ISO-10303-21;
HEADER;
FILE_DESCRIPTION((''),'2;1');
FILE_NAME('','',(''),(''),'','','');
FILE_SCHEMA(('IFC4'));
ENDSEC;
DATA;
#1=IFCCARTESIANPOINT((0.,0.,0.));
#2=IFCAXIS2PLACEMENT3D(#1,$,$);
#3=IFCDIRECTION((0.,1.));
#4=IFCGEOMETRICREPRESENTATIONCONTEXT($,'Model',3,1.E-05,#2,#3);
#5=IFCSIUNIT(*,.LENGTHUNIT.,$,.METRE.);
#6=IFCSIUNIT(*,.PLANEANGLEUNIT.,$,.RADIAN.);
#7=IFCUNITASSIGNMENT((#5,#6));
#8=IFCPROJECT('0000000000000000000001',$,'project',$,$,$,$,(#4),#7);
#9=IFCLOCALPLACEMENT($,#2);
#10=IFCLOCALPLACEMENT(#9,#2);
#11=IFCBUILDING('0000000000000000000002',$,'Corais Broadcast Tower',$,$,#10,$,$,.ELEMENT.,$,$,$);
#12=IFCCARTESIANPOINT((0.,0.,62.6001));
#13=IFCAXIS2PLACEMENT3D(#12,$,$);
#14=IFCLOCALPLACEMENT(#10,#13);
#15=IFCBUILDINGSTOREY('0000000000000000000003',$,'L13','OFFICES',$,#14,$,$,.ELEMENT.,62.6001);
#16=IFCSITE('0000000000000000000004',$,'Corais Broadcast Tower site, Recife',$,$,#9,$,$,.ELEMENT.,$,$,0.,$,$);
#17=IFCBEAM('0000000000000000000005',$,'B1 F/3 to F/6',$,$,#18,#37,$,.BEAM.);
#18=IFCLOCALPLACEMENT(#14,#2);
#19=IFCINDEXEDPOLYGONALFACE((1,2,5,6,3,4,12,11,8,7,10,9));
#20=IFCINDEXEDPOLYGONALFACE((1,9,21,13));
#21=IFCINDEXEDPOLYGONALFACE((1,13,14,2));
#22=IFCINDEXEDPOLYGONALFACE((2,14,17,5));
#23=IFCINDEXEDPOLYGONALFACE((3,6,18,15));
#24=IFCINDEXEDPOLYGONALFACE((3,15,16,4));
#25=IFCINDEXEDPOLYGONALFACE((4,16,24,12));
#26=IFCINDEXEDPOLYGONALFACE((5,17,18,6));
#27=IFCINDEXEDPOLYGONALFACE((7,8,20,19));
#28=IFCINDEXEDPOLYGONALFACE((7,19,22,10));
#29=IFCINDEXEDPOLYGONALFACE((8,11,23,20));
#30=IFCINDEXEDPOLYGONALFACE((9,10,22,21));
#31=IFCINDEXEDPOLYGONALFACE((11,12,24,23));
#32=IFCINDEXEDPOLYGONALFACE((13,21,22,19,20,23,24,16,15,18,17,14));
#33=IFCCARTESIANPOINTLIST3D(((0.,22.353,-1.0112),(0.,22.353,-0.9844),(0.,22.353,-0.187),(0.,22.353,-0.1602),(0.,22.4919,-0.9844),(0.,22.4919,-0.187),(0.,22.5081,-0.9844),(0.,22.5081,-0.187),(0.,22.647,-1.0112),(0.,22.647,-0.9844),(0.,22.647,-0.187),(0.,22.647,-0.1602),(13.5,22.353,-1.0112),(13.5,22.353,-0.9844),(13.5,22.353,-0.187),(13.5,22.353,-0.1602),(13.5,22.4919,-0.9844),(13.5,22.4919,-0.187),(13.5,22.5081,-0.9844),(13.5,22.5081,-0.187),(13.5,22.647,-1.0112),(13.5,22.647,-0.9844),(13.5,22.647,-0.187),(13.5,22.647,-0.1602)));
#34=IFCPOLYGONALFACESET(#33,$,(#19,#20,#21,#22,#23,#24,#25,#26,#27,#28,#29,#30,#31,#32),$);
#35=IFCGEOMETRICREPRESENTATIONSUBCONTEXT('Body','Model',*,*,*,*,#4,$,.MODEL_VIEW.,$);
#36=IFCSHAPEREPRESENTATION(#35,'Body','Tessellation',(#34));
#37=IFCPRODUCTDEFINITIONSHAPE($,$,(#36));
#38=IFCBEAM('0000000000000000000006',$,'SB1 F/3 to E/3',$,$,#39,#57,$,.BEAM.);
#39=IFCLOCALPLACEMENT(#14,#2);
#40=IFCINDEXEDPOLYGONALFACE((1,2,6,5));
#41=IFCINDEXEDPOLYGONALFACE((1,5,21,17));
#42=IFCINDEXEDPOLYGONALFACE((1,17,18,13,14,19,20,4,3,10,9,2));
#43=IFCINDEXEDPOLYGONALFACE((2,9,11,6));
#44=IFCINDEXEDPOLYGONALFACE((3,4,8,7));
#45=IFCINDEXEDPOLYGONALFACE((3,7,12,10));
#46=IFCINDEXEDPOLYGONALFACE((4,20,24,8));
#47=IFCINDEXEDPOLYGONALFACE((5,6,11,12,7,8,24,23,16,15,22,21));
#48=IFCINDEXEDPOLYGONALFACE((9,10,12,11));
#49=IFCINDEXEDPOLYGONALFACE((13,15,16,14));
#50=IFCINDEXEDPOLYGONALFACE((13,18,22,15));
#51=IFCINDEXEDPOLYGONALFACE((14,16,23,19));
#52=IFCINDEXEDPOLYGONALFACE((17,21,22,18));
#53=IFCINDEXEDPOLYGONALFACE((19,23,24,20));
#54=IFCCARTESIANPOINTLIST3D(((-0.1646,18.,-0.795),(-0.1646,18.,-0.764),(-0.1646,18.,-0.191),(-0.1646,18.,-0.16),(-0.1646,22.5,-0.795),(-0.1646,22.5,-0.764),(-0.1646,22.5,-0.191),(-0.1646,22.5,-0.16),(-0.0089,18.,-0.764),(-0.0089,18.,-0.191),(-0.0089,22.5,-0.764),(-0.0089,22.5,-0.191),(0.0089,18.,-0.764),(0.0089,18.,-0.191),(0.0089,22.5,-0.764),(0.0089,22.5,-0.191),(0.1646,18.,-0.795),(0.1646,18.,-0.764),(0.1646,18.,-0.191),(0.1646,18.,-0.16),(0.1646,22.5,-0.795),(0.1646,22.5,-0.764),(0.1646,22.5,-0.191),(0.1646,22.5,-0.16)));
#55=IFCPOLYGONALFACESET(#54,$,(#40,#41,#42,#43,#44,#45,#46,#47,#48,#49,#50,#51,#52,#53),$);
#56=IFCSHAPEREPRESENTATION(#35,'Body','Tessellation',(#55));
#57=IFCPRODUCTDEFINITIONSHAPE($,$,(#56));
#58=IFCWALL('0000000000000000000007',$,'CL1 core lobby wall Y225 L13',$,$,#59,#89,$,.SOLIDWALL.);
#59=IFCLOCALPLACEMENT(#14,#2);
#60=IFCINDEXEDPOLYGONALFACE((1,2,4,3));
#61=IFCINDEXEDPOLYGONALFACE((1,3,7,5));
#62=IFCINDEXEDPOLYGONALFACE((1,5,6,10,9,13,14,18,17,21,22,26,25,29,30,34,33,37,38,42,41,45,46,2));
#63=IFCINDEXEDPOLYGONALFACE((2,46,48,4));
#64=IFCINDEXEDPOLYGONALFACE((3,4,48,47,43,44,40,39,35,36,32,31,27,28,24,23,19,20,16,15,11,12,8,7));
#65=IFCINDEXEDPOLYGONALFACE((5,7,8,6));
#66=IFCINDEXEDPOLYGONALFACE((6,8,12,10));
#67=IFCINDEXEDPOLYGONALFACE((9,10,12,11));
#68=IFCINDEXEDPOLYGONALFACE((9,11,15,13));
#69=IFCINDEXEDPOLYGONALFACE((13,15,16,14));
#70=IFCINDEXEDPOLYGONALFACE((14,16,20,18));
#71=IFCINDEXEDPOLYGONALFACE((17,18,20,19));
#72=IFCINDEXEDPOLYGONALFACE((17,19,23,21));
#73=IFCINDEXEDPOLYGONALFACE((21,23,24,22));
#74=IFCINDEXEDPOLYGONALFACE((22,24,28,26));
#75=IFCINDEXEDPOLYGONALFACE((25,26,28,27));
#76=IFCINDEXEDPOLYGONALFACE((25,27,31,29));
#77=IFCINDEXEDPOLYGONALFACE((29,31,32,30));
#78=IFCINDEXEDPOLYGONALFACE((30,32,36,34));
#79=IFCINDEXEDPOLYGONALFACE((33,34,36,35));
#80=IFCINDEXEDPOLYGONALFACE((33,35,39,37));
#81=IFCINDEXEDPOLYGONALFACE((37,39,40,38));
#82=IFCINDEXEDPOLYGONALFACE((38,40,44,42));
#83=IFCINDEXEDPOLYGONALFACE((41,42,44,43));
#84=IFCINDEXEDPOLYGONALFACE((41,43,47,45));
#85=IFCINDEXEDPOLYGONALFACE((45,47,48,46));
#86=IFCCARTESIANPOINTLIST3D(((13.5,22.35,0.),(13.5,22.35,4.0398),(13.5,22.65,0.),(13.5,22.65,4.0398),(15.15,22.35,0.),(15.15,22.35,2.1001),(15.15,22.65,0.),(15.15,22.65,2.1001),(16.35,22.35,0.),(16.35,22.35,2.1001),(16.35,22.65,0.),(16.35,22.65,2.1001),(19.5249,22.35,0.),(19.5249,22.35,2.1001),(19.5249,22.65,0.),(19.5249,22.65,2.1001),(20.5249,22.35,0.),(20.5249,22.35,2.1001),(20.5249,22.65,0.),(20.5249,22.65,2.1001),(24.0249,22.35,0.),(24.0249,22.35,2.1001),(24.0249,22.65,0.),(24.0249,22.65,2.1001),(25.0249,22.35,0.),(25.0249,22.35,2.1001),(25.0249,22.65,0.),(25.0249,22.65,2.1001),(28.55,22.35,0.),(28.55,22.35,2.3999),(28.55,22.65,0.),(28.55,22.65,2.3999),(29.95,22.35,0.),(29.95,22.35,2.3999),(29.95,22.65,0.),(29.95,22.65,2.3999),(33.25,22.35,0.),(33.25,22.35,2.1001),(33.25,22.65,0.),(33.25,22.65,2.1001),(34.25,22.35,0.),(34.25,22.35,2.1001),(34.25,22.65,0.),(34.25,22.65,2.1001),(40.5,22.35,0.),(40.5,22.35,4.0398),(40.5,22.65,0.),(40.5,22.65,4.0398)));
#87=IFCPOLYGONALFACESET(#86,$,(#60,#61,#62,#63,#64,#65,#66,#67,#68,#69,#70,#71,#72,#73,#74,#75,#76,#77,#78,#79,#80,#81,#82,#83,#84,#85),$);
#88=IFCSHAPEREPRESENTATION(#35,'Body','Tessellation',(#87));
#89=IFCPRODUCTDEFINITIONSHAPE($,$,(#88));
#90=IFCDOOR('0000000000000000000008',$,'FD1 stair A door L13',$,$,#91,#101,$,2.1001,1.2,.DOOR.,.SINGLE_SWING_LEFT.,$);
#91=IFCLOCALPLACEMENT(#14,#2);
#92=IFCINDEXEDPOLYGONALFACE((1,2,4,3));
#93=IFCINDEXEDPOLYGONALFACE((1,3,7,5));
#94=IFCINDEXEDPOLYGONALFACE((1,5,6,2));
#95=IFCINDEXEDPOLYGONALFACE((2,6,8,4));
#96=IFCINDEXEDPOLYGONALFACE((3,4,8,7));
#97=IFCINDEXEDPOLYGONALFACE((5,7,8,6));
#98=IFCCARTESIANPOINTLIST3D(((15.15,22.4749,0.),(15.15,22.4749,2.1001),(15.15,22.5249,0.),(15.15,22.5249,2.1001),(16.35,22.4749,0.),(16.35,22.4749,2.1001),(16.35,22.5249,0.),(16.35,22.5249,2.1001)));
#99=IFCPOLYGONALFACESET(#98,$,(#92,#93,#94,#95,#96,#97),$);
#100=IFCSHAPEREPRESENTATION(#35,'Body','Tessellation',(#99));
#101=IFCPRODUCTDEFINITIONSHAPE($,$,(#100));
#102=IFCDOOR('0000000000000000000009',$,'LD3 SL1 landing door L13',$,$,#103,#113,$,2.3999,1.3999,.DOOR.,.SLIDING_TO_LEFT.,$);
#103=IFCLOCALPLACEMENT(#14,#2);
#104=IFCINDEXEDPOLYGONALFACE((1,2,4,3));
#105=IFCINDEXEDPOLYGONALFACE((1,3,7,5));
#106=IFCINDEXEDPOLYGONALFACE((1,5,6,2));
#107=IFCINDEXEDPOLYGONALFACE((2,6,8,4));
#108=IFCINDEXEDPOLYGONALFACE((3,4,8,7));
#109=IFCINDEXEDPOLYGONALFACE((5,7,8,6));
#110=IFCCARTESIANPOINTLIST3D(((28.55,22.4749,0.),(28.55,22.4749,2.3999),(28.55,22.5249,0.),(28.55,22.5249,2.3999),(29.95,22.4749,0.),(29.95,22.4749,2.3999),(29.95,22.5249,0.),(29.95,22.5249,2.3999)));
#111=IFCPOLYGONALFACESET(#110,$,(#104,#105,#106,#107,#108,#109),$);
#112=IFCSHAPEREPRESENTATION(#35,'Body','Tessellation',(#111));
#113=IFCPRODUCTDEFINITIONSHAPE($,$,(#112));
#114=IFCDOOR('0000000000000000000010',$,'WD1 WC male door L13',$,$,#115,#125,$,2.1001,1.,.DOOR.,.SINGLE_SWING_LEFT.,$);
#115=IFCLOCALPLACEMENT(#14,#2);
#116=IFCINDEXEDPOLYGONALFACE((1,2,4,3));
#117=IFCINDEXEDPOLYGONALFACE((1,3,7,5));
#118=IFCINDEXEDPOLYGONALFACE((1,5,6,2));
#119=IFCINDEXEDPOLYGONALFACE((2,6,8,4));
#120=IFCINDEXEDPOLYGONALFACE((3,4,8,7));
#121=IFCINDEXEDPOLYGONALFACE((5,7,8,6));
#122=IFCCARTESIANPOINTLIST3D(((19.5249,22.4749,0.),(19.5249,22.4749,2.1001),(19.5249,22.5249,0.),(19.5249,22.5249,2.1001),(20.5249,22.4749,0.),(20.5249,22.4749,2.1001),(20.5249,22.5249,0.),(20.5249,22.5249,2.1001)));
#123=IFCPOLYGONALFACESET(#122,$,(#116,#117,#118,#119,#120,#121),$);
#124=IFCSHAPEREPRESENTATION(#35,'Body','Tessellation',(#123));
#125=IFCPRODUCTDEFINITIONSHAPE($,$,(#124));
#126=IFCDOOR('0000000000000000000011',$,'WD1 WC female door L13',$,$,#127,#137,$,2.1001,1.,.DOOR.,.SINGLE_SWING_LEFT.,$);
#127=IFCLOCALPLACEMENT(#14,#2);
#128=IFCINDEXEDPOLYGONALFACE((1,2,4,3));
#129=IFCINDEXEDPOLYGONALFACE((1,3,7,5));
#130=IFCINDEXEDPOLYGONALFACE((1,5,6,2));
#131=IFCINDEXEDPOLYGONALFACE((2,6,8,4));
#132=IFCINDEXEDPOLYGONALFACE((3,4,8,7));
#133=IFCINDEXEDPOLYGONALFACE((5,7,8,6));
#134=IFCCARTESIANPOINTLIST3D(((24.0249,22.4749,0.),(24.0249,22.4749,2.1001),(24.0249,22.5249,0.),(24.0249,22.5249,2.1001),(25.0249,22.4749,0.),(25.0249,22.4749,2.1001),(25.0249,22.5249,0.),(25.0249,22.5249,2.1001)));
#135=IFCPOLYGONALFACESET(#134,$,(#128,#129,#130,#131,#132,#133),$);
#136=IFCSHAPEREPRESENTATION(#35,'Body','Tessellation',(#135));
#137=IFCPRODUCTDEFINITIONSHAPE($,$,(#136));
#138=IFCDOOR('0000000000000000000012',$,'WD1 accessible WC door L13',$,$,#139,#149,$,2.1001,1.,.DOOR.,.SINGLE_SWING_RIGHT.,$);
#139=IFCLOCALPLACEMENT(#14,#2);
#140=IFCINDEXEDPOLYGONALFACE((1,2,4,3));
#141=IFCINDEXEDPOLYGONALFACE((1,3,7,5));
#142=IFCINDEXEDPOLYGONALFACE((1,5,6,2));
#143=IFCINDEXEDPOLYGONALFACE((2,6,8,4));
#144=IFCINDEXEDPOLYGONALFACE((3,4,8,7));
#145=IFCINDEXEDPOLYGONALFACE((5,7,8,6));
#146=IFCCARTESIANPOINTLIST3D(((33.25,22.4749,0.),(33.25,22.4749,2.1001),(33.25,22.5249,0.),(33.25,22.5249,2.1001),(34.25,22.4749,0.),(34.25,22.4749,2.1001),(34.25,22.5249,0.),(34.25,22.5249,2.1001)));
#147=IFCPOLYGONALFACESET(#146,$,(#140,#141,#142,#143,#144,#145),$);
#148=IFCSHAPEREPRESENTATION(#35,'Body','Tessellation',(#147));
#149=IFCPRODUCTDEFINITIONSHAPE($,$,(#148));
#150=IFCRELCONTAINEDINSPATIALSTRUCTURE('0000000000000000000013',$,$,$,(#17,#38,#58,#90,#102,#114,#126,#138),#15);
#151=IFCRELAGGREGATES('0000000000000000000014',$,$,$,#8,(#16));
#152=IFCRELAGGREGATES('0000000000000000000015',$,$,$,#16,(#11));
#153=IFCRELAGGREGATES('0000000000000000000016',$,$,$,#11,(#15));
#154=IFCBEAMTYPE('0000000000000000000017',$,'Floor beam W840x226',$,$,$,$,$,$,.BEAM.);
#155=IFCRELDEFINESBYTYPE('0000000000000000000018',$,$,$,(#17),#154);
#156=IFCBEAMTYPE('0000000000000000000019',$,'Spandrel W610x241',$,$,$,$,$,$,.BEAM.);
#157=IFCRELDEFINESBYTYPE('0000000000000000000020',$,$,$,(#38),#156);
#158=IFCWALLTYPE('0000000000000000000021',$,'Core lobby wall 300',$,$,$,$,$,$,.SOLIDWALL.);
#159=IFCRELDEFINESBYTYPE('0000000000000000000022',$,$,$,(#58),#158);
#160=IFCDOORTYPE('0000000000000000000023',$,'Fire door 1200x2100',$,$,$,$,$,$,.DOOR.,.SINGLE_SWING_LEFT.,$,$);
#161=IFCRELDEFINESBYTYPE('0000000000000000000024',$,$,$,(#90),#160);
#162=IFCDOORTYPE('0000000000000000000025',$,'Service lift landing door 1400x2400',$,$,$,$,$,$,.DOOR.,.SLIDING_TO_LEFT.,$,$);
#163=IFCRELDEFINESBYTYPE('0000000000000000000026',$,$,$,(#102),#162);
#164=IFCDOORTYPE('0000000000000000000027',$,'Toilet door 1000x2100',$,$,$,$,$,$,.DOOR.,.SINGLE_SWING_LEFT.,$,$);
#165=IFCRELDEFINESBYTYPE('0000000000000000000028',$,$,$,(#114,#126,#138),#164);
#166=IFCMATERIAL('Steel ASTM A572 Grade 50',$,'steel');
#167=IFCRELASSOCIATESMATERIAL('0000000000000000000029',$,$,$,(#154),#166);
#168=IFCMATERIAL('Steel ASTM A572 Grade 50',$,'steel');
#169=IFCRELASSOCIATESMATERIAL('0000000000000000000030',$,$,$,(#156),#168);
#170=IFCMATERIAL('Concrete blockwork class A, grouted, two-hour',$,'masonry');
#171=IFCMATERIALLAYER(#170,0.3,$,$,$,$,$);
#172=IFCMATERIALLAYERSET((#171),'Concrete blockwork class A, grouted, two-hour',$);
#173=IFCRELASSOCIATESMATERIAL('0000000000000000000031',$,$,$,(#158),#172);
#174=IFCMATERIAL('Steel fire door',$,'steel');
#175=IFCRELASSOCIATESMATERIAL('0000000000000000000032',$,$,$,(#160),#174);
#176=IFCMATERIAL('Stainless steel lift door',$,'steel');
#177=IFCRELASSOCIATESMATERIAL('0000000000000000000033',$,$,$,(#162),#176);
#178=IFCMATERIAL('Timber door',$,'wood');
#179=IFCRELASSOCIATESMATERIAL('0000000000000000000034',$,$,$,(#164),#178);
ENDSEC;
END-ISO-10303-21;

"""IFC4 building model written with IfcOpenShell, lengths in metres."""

from ifc_helpers import new_model, si_unit, direction, frame, frame_2d, origin, origin_2d, place, context, subcontext, project, spatial, rectangle, i_section, extrude, material, layer, layer_set, material_profile, profile_set, type_object, element, fill, save


model = new_model("IFC4")

# Units and contexts
model_context = context("Model", 3, precision=1e-05, world=origin(), true_north=direction((0.0, 1.0)))
body_context = subcontext(model_context, "Body", "Model", "MODEL_VIEW")
ifc_project = project(units=[si_unit("LENGTHUNIT", "METRE"), si_unit("PLANEANGLEUNIT", "RADIAN")], contexts=[model_context])

# Site, building, storey
site_placement = place(None, origin())
site = spatial("IfcSite", under=ifc_project, at=site_placement, Name="Corais Broadcast Tower site, Recife", CompositionType="ELEMENT", RefElevation=0.0)
building_placement = place(site_placement, origin())
building = spatial("IfcBuilding", under=site, at=building_placement, Name="Corais Broadcast Tower", CompositionType="ELEMENT")
storey_placement = place(building_placement, frame((0.0, 0.0, 62.6001)))
storey = spatial("IfcBuildingStorey", under=building, at=storey_placement, Name="L13", Description="OFFICES", CompositionType="ELEMENT", Elevation=62.6001)

# Beams
ifc_material_1 = material(Name="Steel ASTM A572 Grade 50", Category="steel")
ifc_material_profile_1 = material_profile(ifc_material_1, i_section(OverallWidth=0.2939, OverallDepth=0.8511, WebThickness=0.0161, FlangeThickness=0.0269, at=origin_2d()), Name="W840x226")
ifc_profile_set_1 = profile_set([ifc_material_profile_1], Name="Steel ASTM A572 Grade 50")
beam_type_1 = type_object("IfcBeamType", Name="Floor beam W840x226", PredefinedType="BEAM", material=ifc_profile_set_1)
beam_1_placement = place(storey_placement, frame((0.0, 22.5, -0.5857), z_axis=(1.0, 0.0, 0.0), x_axis=(0.0, 1.0, 0.0)))
element("IfcBeam", 1, at=beam_1_placement, inside=storey, type_object=beam_type_1, Name="B1 F/3 to F/6", PredefinedType="BEAM", context=body_context, shape_type="SweptSolid", body=[
    extrude(i_section(OverallWidth=0.2939, OverallDepth=0.8511, WebThickness=0.0161, FlangeThickness=0.0269, at=origin_2d()), origin(), (0.0, 0.0, 1.0), 13.5),
])
ifc_material_2 = material(Name="Steel ASTM A572 Grade 50", Category="steel")
ifc_material_profile_2 = material_profile(ifc_material_2, i_section(OverallWidth=0.3291, OverallDepth=0.635, WebThickness=0.0178, FlangeThickness=0.031, at=origin_2d()), Name="W610x241")
ifc_profile_set_2 = profile_set([ifc_material_profile_2], Name="Steel ASTM A572 Grade 50")
beam_type_2 = type_object("IfcBeamType", Name="Spandrel W610x241", PredefinedType="BEAM", material=ifc_profile_set_2)
beam_2_placement = place(storey_placement, frame((0.0, 22.5, -0.4775), z_axis=(0.0, -1.0, 0.0), x_axis=(1.0, 0.0, 0.0)))
element("IfcBeam", 2, at=beam_2_placement, inside=storey, type_object=beam_type_2, Name="SB1 F/3 to E/3", PredefinedType="BEAM", context=body_context, shape_type="SweptSolid", body=[
    extrude(i_section(OverallWidth=0.3291, OverallDepth=0.635, WebThickness=0.0178, FlangeThickness=0.031, at=origin_2d()), origin(), (0.0, 0.0, 1.0), 4.5),
])

# Wall, openings, doors
ifc_material_3 = material(Name="Concrete blockwork class A, grouted, two-hour", Category="masonry")
ifc_layer_1 = layer(ifc_material_3, 0.3)
ifc_layer_set_1 = layer_set([ifc_layer_1], Name="Concrete blockwork class A, grouted, two-hour")
wall_type_1 = type_object("IfcWallType", Name="Core lobby wall 300", PredefinedType="SOLIDWALL", material=ifc_layer_set_1)
wall_1_placement = place(storey_placement, frame((13.5, 22.5, 0.0), z_axis=(0.0, 0.0, 1.0), x_axis=(1.0, 0.0, 0.0)))
wall_1 = element("IfcWall", 3, at=wall_1_placement, inside=storey, type_object=wall_type_1, Name="CL1 core lobby wall Y225 L13", PredefinedType="SOLIDWALL", context=body_context, shape_type="SweptSolid", body=[
    extrude(rectangle(XDim=27.0, YDim=0.3, at=frame_2d((13.5, 0.0))), origin(), (0.0, 0.0, 1.0), 4.0398),
])
opening_1_placement = place(wall_1_placement, frame((1.6499, 0.0, 0.0)))
opening_1 = element("IfcOpeningElement", 4, at=opening_1_placement, cuts=wall_1, PredefinedType="OPENING", context=body_context, shape_type="SweptSolid", body=[
    extrude(rectangle(XDim=1.2, YDim=2.1001, at=frame_2d((0.6001, 1.05))), frame((0.0, 0.1599, 0.0), z_axis=(0.0, -1.0, 0.0), x_axis=(1.0, 0.0, 0.0)), (0.0, 0.0, 1.0), 0.3201),
])
opening_2_placement = place(wall_1_placement, frame((6.0249, 0.0, 0.0)))
opening_2 = element("IfcOpeningElement", 5, at=opening_2_placement, cuts=wall_1, PredefinedType="OPENING", context=body_context, shape_type="SweptSolid", body=[
    extrude(rectangle(XDim=1.0, YDim=2.1001, at=frame_2d((0.5, 1.05))), frame((0.0, 0.1599, 0.0), z_axis=(0.0, -1.0, 0.0), x_axis=(1.0, 0.0, 0.0)), (0.0, 0.0, 1.0), 0.3201),
])
opening_3_placement = place(wall_1_placement, frame((10.5249, 0.0, 0.0)))
opening_3 = element("IfcOpeningElement", 6, at=opening_3_placement, cuts=wall_1, PredefinedType="OPENING", context=body_context, shape_type="SweptSolid", body=[
    extrude(rectangle(XDim=1.0, YDim=2.1001, at=frame_2d((0.5, 1.05))), frame((0.0, 0.1599, 0.0), z_axis=(0.0, -1.0, 0.0), x_axis=(1.0, 0.0, 0.0)), (0.0, 0.0, 1.0), 0.3201),
])
opening_4_placement = place(wall_1_placement, frame((19.75, 0.0, 0.0)))
opening_4 = element("IfcOpeningElement", 7, at=opening_4_placement, cuts=wall_1, PredefinedType="OPENING", context=body_context, shape_type="SweptSolid", body=[
    extrude(rectangle(XDim=1.0, YDim=2.1001, at=frame_2d((0.5, 1.05))), frame((0.0, 0.1599, 0.0), z_axis=(0.0, -1.0, 0.0), x_axis=(1.0, 0.0, 0.0)), (0.0, 0.0, 1.0), 0.3201),
])
opening_5_placement = place(wall_1_placement, frame((15.05, 0.0, 0.0)))
opening_5 = element("IfcOpeningElement", 8, at=opening_5_placement, cuts=wall_1, PredefinedType="OPENING", context=body_context, shape_type="SweptSolid", body=[
    extrude(rectangle(XDim=1.3999, YDim=2.3999, at=frame_2d((0.7, 1.2))), frame((0.0, 0.1599, 0.0), z_axis=(0.0, -1.0, 0.0), x_axis=(1.0, 0.0, 0.0)), (0.0, 0.0, 1.0), 0.3201),
])
ifc_material_4 = material(Name="Steel fire door", Category="steel")
door_type_1 = type_object("IfcDoorType", Name="Fire door 1200x2100", OperationType="SINGLE_SWING_LEFT", PredefinedType="DOOR", material=ifc_material_4)
door_1_placement = place(opening_1_placement, origin())
door_1 = element("IfcDoor", 9, at=door_1_placement, inside=storey, type_object=door_type_1, Name="FD1 stair A door L13", OperationType="SINGLE_SWING_LEFT", OverallHeight=2.1001, OverallWidth=1.2, PredefinedType="DOOR", context=body_context, shape_type="SweptSolid", body=[
    extrude(rectangle(XDim=1.2, YDim=2.1001, at=frame_2d((0.6001, 1.05))), frame((0.0, 0.0249, 0.0), z_axis=(0.0, -1.0, 0.0), x_axis=(1.0, 0.0, 0.0)), (0.0, 0.0, 1.0), 0.05),
])
fill(opening_1, door_1)
ifc_material_5 = material(Name="Stainless steel lift door", Category="steel")
door_type_2 = type_object("IfcDoorType", Name="Service lift landing door 1400x2400", OperationType="SLIDING_TO_LEFT", PredefinedType="DOOR", material=ifc_material_5)
door_2_placement = place(opening_5_placement, origin())
door_2 = element("IfcDoor", 10, at=door_2_placement, inside=storey, type_object=door_type_2, Name="LD3 SL1 landing door L13", OperationType="SLIDING_TO_LEFT", OverallHeight=2.3999, OverallWidth=1.3999, PredefinedType="DOOR", context=body_context, shape_type="SweptSolid", body=[
    extrude(rectangle(XDim=1.3999, YDim=2.3999, at=frame_2d((0.7, 1.2))), frame((0.0, 0.0249, 0.0), z_axis=(0.0, -1.0, 0.0), x_axis=(1.0, 0.0, 0.0)), (0.0, 0.0, 1.0), 0.05),
])
fill(opening_5, door_2)
ifc_material_6 = material(Name="Timber door", Category="wood")
door_type_3 = type_object("IfcDoorType", Name="Toilet door 1000x2100", OperationType="SINGLE_SWING_LEFT", PredefinedType="DOOR", material=ifc_material_6)
door_3_placement = place(opening_2_placement, origin())
door_3 = element("IfcDoor", 11, at=door_3_placement, inside=storey, type_object=door_type_3, Name="WD1 WC male door L13", OperationType="SINGLE_SWING_LEFT", OverallHeight=2.1001, OverallWidth=1.0, PredefinedType="DOOR", context=body_context, shape_type="SweptSolid", body=[
    extrude(rectangle(XDim=1.0, YDim=2.1001, at=frame_2d((0.5, 1.05))), frame((0.0, 0.0249, 0.0), z_axis=(0.0, -1.0, 0.0), x_axis=(1.0, 0.0, 0.0)), (0.0, 0.0, 1.0), 0.05),
])
fill(opening_2, door_3)
door_4_placement = place(opening_3_placement, origin())
door_4 = element("IfcDoor", 12, at=door_4_placement, inside=storey, type_object=door_type_3, Name="WD1 WC female door L13", OperationType="SINGLE_SWING_LEFT", OverallHeight=2.1001, OverallWidth=1.0, PredefinedType="DOOR", context=body_context, shape_type="SweptSolid", body=[
    extrude(rectangle(XDim=1.0, YDim=2.1001, at=frame_2d((0.5, 1.05))), frame((0.0, 0.0249, 0.0), z_axis=(0.0, -1.0, 0.0), x_axis=(1.0, 0.0, 0.0)), (0.0, 0.0, 1.0), 0.05),
])
fill(opening_3, door_4)
door_5_placement = place(opening_4_placement, origin())
door_5 = element("IfcDoor", 13, at=door_5_placement, inside=storey, type_object=door_type_3, Name="WD1 accessible WC door L13", OperationType="SINGLE_SWING_RIGHT", OverallHeight=2.1001, OverallWidth=1.0, PredefinedType="DOOR", context=body_context, shape_type="SweptSolid", body=[
    extrude(rectangle(XDim=1.0, YDim=2.1001, at=frame_2d((0.5, 1.05))), frame((0.0, 0.0249, 0.0), z_axis=(0.0, -1.0, 0.0), x_axis=(1.0, 0.0, 0.0)), (0.0, 0.0, 1.0), 0.05),
])
fill(opening_4, door_5)

save(model, "model.ifc")
